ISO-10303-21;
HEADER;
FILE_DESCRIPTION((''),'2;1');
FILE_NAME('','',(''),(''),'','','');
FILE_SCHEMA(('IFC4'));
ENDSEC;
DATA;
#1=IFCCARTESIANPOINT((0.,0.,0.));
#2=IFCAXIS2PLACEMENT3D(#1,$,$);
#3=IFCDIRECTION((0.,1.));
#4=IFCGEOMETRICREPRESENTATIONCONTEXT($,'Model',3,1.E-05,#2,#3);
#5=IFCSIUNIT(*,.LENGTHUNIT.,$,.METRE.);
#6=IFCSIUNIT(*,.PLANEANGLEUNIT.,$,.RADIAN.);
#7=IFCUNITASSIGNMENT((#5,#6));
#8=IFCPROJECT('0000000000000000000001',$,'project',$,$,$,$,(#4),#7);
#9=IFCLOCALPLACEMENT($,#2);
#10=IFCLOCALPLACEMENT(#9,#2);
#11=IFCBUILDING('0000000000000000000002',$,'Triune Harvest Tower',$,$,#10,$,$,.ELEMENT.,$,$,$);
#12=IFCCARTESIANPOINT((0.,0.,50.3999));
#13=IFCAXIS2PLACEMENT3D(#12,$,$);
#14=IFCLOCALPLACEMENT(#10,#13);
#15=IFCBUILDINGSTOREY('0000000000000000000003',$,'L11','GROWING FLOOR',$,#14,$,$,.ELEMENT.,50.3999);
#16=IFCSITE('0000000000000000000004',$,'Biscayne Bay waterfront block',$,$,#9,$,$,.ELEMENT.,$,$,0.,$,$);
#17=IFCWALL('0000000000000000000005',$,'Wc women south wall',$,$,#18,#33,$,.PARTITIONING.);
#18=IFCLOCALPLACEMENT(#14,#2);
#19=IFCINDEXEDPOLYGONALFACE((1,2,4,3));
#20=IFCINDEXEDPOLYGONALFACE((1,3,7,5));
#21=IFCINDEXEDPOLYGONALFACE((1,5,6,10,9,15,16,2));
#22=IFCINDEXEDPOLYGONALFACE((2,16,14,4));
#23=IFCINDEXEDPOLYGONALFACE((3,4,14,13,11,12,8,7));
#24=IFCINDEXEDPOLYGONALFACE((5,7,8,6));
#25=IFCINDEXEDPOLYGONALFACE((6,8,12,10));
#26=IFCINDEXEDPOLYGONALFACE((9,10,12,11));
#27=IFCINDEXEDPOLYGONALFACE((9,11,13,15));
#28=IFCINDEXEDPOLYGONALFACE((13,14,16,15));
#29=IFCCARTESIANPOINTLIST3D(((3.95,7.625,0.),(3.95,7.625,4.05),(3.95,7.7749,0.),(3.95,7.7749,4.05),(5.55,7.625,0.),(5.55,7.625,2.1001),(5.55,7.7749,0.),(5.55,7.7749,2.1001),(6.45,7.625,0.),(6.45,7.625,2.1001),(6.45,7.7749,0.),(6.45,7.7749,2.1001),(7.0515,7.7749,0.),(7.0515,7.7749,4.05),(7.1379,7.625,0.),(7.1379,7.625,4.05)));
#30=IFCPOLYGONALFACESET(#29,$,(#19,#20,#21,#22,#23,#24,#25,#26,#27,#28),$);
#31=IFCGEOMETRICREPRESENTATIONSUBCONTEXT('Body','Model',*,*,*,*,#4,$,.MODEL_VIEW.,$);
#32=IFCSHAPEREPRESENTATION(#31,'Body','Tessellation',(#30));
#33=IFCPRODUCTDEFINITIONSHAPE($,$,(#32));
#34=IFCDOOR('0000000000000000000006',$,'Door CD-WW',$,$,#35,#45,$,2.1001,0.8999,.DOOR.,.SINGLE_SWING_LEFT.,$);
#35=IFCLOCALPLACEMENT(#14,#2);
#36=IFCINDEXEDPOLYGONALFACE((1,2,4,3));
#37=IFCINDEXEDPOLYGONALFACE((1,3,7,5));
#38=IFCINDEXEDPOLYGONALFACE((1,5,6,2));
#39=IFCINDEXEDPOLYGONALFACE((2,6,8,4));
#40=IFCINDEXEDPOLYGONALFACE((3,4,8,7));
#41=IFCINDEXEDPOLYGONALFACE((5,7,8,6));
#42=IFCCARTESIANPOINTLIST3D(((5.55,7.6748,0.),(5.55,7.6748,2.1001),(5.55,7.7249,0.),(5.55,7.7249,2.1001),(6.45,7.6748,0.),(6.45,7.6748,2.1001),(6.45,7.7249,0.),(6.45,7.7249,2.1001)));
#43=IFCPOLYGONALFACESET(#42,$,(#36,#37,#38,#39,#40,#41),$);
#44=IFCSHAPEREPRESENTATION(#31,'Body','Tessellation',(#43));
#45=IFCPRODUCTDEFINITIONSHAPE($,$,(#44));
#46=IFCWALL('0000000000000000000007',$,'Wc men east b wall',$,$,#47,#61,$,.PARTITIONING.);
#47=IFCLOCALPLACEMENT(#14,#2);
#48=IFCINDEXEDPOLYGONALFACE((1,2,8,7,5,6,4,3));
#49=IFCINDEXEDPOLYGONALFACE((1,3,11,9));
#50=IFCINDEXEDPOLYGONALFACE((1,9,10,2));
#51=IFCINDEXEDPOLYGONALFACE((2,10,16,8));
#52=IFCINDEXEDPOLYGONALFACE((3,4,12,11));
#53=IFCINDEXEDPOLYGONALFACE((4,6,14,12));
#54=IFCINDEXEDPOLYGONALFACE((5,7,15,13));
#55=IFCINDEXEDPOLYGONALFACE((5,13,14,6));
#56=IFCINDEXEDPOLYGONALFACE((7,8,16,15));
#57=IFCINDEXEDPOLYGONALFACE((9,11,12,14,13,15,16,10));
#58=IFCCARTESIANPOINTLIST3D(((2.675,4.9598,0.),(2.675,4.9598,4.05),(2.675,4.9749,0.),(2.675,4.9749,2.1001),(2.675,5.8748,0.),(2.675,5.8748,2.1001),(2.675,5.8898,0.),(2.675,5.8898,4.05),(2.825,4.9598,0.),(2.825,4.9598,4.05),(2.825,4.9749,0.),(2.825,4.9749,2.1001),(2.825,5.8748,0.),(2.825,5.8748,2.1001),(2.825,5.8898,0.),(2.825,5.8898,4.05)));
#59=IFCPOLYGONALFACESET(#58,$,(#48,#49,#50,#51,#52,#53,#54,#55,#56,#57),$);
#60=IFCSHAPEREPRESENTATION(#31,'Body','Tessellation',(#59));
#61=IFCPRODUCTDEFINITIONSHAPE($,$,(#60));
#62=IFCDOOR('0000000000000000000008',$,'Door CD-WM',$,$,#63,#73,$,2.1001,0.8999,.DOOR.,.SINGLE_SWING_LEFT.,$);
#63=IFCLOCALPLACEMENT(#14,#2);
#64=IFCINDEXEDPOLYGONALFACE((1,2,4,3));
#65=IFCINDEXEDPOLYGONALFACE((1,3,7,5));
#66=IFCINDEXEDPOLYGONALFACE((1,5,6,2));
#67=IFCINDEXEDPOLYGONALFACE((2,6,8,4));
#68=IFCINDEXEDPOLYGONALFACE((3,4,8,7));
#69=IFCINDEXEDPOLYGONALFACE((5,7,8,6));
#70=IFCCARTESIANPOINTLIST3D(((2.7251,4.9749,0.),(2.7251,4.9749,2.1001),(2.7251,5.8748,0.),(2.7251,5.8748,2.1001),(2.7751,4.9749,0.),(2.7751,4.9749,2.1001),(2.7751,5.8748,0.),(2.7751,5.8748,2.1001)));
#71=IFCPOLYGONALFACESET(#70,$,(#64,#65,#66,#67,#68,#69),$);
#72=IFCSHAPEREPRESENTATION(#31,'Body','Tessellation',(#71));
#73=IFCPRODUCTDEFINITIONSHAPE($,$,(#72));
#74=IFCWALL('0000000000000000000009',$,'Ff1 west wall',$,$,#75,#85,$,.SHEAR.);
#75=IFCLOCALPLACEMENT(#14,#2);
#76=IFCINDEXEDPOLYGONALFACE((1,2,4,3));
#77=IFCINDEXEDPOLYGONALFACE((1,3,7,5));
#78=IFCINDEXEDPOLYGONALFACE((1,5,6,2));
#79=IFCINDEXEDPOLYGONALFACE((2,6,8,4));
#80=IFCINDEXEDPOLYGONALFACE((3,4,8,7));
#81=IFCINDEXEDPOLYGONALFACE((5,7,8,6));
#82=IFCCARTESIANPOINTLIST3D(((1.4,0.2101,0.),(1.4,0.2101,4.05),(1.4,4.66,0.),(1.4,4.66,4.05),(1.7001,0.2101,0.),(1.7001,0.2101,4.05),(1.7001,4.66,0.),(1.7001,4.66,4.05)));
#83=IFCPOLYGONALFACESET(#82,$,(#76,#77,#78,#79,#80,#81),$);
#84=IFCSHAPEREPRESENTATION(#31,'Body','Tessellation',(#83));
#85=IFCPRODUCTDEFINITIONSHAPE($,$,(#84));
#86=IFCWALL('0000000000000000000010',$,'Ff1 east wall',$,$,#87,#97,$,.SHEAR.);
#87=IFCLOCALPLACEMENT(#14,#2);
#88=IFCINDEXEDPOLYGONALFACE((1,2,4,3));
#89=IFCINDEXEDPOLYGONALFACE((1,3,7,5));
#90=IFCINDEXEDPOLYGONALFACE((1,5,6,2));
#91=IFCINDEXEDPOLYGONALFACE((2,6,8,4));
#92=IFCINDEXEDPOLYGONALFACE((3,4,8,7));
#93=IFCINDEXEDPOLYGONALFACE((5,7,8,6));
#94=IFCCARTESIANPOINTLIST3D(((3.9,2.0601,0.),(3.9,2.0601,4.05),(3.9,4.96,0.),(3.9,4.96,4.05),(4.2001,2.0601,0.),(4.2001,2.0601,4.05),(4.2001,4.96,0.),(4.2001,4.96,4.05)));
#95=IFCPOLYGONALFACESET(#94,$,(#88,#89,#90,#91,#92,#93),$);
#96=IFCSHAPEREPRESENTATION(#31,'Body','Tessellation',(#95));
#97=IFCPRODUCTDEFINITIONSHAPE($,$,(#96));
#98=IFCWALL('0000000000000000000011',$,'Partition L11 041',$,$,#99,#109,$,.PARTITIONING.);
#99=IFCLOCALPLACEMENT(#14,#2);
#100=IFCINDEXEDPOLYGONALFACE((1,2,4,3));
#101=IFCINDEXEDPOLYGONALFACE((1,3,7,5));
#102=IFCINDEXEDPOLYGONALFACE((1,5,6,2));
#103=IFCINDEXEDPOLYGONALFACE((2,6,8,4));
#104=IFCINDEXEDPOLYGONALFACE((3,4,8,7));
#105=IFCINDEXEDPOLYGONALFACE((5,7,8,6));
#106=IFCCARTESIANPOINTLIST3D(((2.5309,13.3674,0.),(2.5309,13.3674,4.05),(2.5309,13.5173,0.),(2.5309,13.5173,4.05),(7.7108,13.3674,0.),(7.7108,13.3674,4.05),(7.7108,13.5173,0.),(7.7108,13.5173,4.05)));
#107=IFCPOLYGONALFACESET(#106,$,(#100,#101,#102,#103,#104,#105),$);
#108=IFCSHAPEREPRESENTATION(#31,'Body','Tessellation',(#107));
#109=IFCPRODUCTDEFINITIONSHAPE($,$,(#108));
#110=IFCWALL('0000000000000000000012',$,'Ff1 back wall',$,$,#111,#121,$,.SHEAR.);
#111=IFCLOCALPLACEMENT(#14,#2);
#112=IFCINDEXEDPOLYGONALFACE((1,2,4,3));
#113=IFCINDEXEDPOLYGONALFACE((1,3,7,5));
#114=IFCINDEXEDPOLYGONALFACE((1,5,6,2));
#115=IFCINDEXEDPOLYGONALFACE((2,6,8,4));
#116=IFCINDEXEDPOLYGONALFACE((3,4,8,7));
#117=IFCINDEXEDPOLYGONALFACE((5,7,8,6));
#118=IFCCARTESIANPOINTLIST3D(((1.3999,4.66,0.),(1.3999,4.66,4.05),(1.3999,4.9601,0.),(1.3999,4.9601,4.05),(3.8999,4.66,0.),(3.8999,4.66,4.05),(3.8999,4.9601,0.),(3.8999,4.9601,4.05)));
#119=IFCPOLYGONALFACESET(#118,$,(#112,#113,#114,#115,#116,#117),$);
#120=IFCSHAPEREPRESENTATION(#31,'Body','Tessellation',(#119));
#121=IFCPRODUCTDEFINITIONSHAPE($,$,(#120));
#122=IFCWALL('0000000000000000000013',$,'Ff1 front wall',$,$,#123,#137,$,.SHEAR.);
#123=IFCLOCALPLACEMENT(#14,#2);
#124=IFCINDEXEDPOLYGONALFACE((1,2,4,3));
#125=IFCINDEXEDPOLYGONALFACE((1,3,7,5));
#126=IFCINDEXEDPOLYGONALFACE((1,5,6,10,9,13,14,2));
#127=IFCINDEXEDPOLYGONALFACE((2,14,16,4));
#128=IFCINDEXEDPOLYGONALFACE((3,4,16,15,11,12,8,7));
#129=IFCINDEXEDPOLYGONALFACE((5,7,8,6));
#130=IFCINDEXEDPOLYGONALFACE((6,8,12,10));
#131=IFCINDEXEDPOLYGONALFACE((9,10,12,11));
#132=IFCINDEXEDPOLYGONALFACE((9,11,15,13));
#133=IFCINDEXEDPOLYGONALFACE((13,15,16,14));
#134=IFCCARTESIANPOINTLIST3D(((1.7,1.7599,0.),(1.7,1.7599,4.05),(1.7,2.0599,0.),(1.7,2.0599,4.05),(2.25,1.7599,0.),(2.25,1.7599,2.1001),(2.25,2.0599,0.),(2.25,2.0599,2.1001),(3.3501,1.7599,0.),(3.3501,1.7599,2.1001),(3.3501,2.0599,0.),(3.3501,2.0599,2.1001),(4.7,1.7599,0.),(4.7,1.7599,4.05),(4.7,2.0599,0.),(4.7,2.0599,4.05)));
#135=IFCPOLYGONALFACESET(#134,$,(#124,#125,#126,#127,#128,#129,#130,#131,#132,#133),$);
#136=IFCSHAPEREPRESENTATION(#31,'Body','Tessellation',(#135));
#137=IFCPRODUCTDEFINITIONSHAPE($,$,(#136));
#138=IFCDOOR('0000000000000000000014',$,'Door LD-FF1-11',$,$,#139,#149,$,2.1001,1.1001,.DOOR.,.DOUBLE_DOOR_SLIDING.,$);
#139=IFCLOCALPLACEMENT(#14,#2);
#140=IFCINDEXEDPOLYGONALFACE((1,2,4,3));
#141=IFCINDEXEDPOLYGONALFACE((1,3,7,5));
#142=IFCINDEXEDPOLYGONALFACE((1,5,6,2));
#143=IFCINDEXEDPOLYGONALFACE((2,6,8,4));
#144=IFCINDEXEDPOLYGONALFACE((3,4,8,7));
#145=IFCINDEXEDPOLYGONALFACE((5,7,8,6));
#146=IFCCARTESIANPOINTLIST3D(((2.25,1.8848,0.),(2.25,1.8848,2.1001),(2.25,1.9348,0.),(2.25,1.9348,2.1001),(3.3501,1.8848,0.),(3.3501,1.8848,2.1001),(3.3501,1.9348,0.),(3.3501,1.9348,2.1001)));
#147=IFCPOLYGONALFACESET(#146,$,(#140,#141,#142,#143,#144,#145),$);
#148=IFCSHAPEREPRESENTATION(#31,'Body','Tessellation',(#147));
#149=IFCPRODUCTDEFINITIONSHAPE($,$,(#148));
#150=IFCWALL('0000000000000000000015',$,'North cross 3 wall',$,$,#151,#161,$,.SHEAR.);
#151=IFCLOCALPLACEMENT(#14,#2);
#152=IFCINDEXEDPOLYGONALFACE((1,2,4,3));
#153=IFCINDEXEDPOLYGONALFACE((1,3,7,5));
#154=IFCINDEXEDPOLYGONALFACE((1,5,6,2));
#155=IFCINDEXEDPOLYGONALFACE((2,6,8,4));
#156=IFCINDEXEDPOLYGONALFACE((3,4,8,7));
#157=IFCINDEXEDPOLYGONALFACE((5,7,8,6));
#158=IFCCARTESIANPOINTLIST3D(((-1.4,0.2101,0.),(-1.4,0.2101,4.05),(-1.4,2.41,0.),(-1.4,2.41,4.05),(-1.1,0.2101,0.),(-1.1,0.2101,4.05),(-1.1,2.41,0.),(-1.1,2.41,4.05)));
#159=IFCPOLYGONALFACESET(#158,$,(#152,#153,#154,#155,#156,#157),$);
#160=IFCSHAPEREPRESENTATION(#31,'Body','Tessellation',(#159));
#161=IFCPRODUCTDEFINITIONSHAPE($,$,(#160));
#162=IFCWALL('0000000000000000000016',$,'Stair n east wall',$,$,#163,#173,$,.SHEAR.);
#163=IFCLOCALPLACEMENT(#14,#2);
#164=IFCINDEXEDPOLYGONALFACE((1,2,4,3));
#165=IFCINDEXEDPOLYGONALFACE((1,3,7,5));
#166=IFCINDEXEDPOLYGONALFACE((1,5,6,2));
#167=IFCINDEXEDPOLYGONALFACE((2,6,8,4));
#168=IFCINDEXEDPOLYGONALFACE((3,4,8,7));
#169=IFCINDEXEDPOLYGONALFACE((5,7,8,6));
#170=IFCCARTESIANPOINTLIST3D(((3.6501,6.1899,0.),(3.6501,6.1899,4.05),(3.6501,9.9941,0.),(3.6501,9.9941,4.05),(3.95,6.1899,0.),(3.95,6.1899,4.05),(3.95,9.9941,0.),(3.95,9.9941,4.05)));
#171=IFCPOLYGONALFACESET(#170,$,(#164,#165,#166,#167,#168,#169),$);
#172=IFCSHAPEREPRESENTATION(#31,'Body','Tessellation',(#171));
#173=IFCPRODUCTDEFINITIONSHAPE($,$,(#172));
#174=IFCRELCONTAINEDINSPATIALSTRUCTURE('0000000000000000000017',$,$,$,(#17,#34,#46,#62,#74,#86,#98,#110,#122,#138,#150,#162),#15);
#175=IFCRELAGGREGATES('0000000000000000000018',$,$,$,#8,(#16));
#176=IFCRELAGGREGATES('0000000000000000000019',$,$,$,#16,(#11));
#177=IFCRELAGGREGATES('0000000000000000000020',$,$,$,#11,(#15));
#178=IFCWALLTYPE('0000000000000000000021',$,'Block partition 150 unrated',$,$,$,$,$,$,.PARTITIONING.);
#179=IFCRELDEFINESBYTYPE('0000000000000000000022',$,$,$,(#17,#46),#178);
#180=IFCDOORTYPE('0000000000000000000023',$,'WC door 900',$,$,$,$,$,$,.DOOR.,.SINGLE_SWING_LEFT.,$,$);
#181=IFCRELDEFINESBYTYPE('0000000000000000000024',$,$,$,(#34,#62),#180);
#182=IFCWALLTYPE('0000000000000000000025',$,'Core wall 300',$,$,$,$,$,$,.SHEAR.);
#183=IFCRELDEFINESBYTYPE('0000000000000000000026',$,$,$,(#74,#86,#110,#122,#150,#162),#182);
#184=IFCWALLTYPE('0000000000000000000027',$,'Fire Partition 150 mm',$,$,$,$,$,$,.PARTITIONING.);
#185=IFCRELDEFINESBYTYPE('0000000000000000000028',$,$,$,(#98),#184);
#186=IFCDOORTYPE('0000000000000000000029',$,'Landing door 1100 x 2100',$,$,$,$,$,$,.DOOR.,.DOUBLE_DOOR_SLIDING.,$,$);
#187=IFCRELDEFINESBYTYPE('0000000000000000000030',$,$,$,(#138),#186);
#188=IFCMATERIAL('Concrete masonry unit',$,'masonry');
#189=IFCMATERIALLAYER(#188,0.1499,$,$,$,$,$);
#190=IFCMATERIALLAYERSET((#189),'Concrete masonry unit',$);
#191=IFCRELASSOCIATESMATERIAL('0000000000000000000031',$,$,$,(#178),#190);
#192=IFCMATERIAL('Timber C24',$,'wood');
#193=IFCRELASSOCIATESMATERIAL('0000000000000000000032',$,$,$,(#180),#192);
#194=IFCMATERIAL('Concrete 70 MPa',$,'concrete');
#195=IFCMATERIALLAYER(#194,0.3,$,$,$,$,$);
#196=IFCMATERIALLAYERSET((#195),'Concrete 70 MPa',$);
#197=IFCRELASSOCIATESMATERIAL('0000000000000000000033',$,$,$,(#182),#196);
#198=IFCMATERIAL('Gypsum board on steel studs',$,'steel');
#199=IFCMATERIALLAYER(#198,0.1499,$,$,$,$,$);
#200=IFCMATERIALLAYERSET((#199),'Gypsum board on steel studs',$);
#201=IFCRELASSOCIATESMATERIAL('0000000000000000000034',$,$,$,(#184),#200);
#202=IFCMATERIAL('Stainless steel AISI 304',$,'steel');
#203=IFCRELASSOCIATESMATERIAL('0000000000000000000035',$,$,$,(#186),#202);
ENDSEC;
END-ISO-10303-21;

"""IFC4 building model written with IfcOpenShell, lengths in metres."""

from ifc_helpers import new_model, si_unit, direction, frame, frame_2d, origin, place, context, subcontext, project, spatial, polyline, rectangle, outline, extrude, source, transform, mapped, material, layer, layer_set, type_object, element, fill, save


model = new_model("IFC4")

# Units and contexts
model_context = context("Model", 3, precision=1e-05, world=origin(), true_north=direction((0.0, 1.0)))
body_context = subcontext(model_context, "Body", "Model", "MODEL_VIEW")
ifc_project = project(units=[si_unit("LENGTHUNIT", "METRE"), si_unit("PLANEANGLEUNIT", "RADIAN")], contexts=[model_context])

# Site, building, storey
site_placement = place(None, origin())
site = spatial("IfcSite", under=ifc_project, at=site_placement, Name="Biscayne Bay waterfront block", CompositionType="ELEMENT", RefElevation=0.0)
building_placement = place(site_placement, origin())
building = spatial("IfcBuilding", under=site, at=building_placement, Name="Triune Harvest Tower", CompositionType="ELEMENT")
storey_placement = place(building_placement, frame((0.0, 0.0, 50.3999)))
storey = spatial("IfcBuildingStorey", under=building, at=storey_placement, Name="L11", Description="GROWING FLOOR", CompositionType="ELEMENT", Elevation=50.3999)

# Walls, openings, doors
ifc_material_1 = material(Name="Concrete masonry unit", Category="masonry")
ifc_layer_1 = layer(ifc_material_1, 0.1499)
ifc_layer_set_1 = layer_set([ifc_layer_1], Name="Concrete masonry unit")
wall_type_1 = type_object("IfcWallType", Name="Block partition 150 unrated", PredefinedType="PARTITIONING", material=ifc_layer_set_1)
wall_1_placement = place(storey_placement, frame((3.95, 7.7, 0.0), z_axis=(0.0, 0.0, 1.0), x_axis=(1.0, 0.0, 0.0)))
wall_1 = element("IfcWall", 1, at=wall_1_placement, inside=storey, type_object=wall_type_1, Name="Wc women south wall", PredefinedType="PARTITIONING", context=body_context, shape_type="SweptSolid", body=[
    extrude(outline(polyline([(0.0, -0.075), (0.0, 0.075), (3.1016, 0.075), (3.188, -0.075), (0.0, -0.075)])), origin(), (0.0, 0.0, 1.0), 4.05),
])
opening_1_placement = place(wall_1_placement, frame((1.6001, 0.0, 0.0)))
opening_1 = element("IfcOpeningElement", 2, at=opening_1_placement, cuts=wall_1, PredefinedType="OPENING", context=body_context, shape_type="SweptSolid", body=[
    extrude(rectangle(XDim=0.8999, YDim=2.1001, at=frame_2d((0.45, 1.05))), frame((0.0, 0.085, 0.0), z_axis=(0.0, -1.0, 0.0), x_axis=(1.0, 0.0, 0.0)), (0.0, 0.0, 1.0), 0.1699),
])
ifc_material_2 = material(Name="Timber C24", Category="wood")
door_type_1 = type_object("IfcDoorType", Name="WC door 900", OperationType="SINGLE_SWING_LEFT", PredefinedType="DOOR", material=ifc_material_2)
door_1_placement = place(opening_1_placement, origin())
door_1 = element("IfcDoor", 3, at=door_1_placement, inside=storey, type_object=door_type_1, Name="Door CD-WW", OperationType="SINGLE_SWING_LEFT", OverallHeight=2.1001, OverallWidth=0.8999, PredefinedType="DOOR", context=body_context, shape_type="SweptSolid", body=[
    extrude(rectangle(XDim=0.8999, YDim=2.1001, at=frame_2d((0.45, 1.05))), frame((0.0, 0.0249, 0.0), z_axis=(0.0, -1.0, 0.0), x_axis=(1.0, 0.0, 0.0)), (0.0, 0.0, 1.0), 0.05),
])
fill(opening_1, door_1)
wall_2_placement = place(storey_placement, frame((2.75, 4.96, 0.0), z_axis=(0.0, 0.0, 1.0), x_axis=(0.0, 1.0, 0.0)))
wall_2 = element("IfcWall", 4, at=wall_2_placement, inside=storey, type_object=wall_type_1, Name="Wc men east b wall", PredefinedType="PARTITIONING", context=body_context, shape_type="SweptSolid", body=[
    extrude(rectangle(XDim=0.9299, YDim=0.1499, at=frame_2d((0.4648, 0.0))), origin(), (0.0, 0.0, 1.0), 4.05),
])
opening_2_placement = place(wall_2_placement, frame((0.0149, 0.0, 0.0)))
opening_2 = element("IfcOpeningElement", 5, at=opening_2_placement, cuts=wall_2, PredefinedType="OPENING", context=body_context, shape_type="SweptSolid", body=[
    extrude(rectangle(XDim=0.8999, YDim=2.1001, at=frame_2d((0.45, 1.05))), frame((0.0, 0.085, 0.0), z_axis=(0.0, -1.0, 0.0), x_axis=(1.0, 0.0, 0.0)), (0.0, 0.0, 1.0), 0.1699),
])
door_2_placement = place(opening_2_placement, origin())
door_2 = element("IfcDoor", 6, at=door_2_placement, inside=storey, type_object=door_type_1, Name="Door CD-WM", OperationType="SINGLE_SWING_LEFT", OverallHeight=2.1001, OverallWidth=0.8999, PredefinedType="DOOR", context=body_context, shape_type="SweptSolid", body=[
    extrude(rectangle(XDim=0.8999, YDim=2.1001, at=frame_2d((0.45, 1.05))), frame((0.0, 0.0249, 0.0), z_axis=(0.0, -1.0, 0.0), x_axis=(1.0, 0.0, 0.0)), (0.0, 0.0, 1.0), 0.05),
])
fill(opening_2, door_2)

# Walls
ifc_material_3 = material(Name="Concrete 70 MPa", Category="concrete")
ifc_layer_2 = layer(ifc_material_3, 0.3)
ifc_layer_set_2 = layer_set([ifc_layer_2], Name="Concrete 70 MPa")
wall_type_2 = type_object("IfcWallType", Name="Core wall 300", PredefinedType="SHEAR", material=ifc_layer_set_2)
wall_3_placement = place(storey_placement, frame((1.55, 0.21, 0.0), z_axis=(0.0, 0.0, 1.0), x_axis=(0.0, 1.0, 0.0)))
element("IfcWall", 7, at=wall_3_placement, inside=storey, type_object=wall_type_2, Name="Ff1 west wall", PredefinedType="SHEAR", context=body_context, shape_type="SweptSolid", body=[
    extrude(rectangle(XDim=4.45, YDim=0.3, at=frame_2d((2.2251, 0.0))), origin(), (0.0, 0.0, 1.0), 4.05),
])
wall_4_placement = place(storey_placement, frame((4.05, 2.0601, 0.0), z_axis=(0.0, 0.0, 1.0), x_axis=(0.0, 1.0, 0.0)))
element("IfcWall", 8, at=wall_4_placement, inside=storey, type_object=wall_type_2, Name="Ff1 east wall", PredefinedType="SHEAR", context=body_context, shape_type="SweptSolid", body=[
    extrude(rectangle(XDim=2.8999, YDim=0.3, at=frame_2d((1.45, 0.0))), origin(), (0.0, 0.0, 1.0), 4.05),
])
ifc_material_4 = material(Name="Gypsum board on steel studs", Category="steel")
ifc_layer_3 = layer(ifc_material_4, 0.1499)
ifc_layer_set_3 = layer_set([ifc_layer_3], Name="Gypsum board on steel studs")
wall_type_3 = type_object("IfcWallType", Name="Fire Partition 150 mm", PredefinedType="PARTITIONING", material=ifc_layer_set_3)
wall_5_placement = place(storey_placement, frame((2.531, 13.4424, 0.0), z_axis=(0.0, 0.0, 1.0), x_axis=(1.0, 0.0, 0.0)))
element("IfcWall", 9, at=wall_5_placement, inside=storey, type_object=wall_type_3, Name="Partition L11 041", PredefinedType="PARTITIONING", context=body_context, shape_type="SweptSolid", body=[
    extrude(rectangle(XDim=5.1799, YDim=0.1499, at=frame_2d((2.5898, 0.0))), origin(), (0.0, 0.0, 1.0), 4.05),
])
shared_shape_1 = source(origin(), body_context, "Body", "SweptSolid", [
    extrude(rectangle(XDim=2.5, YDim=0.3, at=frame_2d((1.25, 0.0))), origin(), (0.0, 0.0, 1.0), 4.05),
])
wall_6_placement = place(storey_placement, frame((1.3999, 4.8101, 0.0), z_axis=(0.0, 0.0, 1.0), x_axis=(1.0, 0.0, 0.0)))
element("IfcWall", 10, at=wall_6_placement, inside=storey, type_object=wall_type_2, Name="Ff1 back wall", PredefinedType="SHEAR", context=body_context, shape_type="MappedRepresentation", body=[
    mapped(shared_shape_1, transform((0.0, 0.0, 0.0), scale=1.0)),
])

# Wall, opening, door
shared_shape_2 = source(origin(), body_context, "Body", "SweptSolid", [
    extrude(rectangle(XDim=3.0, YDim=0.3, at=frame_2d((1.5, 0.0))), origin(), (0.0, 0.0, 1.0), 4.05),
])
wall_7_placement = place(storey_placement, frame((1.7, 1.9099, 0.0), z_axis=(0.0, 0.0, 1.0), x_axis=(1.0, 0.0, 0.0)))
wall_7 = element("IfcWall", 11, at=wall_7_placement, inside=storey, type_object=wall_type_2, Name="Ff1 front wall", PredefinedType="SHEAR", context=body_context, shape_type="MappedRepresentation", body=[
    mapped(shared_shape_2, transform((0.0, 0.0, 0.0), scale=1.0)),
])
opening_3_placement = place(wall_7_placement, frame((0.55, 0.0, 0.0)))
opening_3 = element("IfcOpeningElement", 12, at=opening_3_placement, cuts=wall_7, PredefinedType="OPENING", context=body_context, shape_type="SweptSolid", body=[
    extrude(rectangle(XDim=1.1001, YDim=2.1001, at=frame_2d((0.55, 1.05))), frame((0.0, 0.1602, 0.0), z_axis=(0.0, -1.0, 0.0), x_axis=(1.0, 0.0, 0.0)), (0.0, 0.0, 1.0), 0.3201),
])
ifc_material_5 = material(Name="Stainless steel AISI 304", Category="steel")
door_type_2 = type_object("IfcDoorType", Name="Landing door 1100 x 2100", OperationType="DOUBLE_DOOR_SLIDING", PredefinedType="DOOR", material=ifc_material_5)
door_3_placement = place(opening_3_placement, origin())
door_3 = element("IfcDoor", 13, at=door_3_placement, inside=storey, type_object=door_type_2, Name="Door LD-FF1-11", OperationType="DOUBLE_DOOR_SLIDING", OverallHeight=2.1001, OverallWidth=1.1001, PredefinedType="DOOR", context=body_context, shape_type="SweptSolid", body=[
    extrude(rectangle(XDim=1.1001, YDim=2.1001, at=frame_2d((0.55, 1.05))), frame((0.0, 0.0249, 0.0), z_axis=(0.0, -1.0, 0.0), x_axis=(1.0, 0.0, 0.0)), (0.0, 0.0, 1.0), 0.05),
])
fill(opening_3, door_3)

# Walls
shared_shape_3 = source(origin(), body_context, "Body", "SweptSolid", [
    extrude(rectangle(XDim=2.2, YDim=0.3, at=frame_2d((1.1001, 0.0))), origin(), (0.0, 0.0, 1.0), 4.05),
])
wall_8_placement = place(storey_placement, frame((-1.25, 0.21, 0.0), z_axis=(0.0, 0.0, 1.0), x_axis=(0.0, 1.0, 0.0)))
element("IfcWall", 14, at=wall_8_placement, inside=storey, type_object=wall_type_2, Name="North cross 3 wall", PredefinedType="SHEAR", context=body_context, shape_type="MappedRepresentation", body=[
    mapped(shared_shape_3, transform((0.0, 0.0, 0.0), scale=1.0)),
])
shared_shape_4 = source(origin(), body_context, "Body", "SweptSolid", [
    extrude(outline(polyline([(0.0, -0.1499), (0.0, 0.1499), (3.8042, 0.1499), (3.8042, -0.1499), (0.0, -0.1499)])), origin(), (0.0, 0.0, 1.0), 4.05),
])
wall_9_placement = place(storey_placement, frame((3.8, 6.1899, 0.0), z_axis=(0.0, 0.0, 1.0), x_axis=(0.0, 1.0, 0.0)))
element("IfcWall", 15, at=wall_9_placement, inside=storey, type_object=wall_type_2, Name="Stair n east wall", PredefinedType="SHEAR", context=body_context, shape_type="MappedRepresentation", body=[
    mapped(shared_shape_4, transform((0.0, 0.0, 0.0), scale=1.0)),
])

save(model, "model.ifc")
